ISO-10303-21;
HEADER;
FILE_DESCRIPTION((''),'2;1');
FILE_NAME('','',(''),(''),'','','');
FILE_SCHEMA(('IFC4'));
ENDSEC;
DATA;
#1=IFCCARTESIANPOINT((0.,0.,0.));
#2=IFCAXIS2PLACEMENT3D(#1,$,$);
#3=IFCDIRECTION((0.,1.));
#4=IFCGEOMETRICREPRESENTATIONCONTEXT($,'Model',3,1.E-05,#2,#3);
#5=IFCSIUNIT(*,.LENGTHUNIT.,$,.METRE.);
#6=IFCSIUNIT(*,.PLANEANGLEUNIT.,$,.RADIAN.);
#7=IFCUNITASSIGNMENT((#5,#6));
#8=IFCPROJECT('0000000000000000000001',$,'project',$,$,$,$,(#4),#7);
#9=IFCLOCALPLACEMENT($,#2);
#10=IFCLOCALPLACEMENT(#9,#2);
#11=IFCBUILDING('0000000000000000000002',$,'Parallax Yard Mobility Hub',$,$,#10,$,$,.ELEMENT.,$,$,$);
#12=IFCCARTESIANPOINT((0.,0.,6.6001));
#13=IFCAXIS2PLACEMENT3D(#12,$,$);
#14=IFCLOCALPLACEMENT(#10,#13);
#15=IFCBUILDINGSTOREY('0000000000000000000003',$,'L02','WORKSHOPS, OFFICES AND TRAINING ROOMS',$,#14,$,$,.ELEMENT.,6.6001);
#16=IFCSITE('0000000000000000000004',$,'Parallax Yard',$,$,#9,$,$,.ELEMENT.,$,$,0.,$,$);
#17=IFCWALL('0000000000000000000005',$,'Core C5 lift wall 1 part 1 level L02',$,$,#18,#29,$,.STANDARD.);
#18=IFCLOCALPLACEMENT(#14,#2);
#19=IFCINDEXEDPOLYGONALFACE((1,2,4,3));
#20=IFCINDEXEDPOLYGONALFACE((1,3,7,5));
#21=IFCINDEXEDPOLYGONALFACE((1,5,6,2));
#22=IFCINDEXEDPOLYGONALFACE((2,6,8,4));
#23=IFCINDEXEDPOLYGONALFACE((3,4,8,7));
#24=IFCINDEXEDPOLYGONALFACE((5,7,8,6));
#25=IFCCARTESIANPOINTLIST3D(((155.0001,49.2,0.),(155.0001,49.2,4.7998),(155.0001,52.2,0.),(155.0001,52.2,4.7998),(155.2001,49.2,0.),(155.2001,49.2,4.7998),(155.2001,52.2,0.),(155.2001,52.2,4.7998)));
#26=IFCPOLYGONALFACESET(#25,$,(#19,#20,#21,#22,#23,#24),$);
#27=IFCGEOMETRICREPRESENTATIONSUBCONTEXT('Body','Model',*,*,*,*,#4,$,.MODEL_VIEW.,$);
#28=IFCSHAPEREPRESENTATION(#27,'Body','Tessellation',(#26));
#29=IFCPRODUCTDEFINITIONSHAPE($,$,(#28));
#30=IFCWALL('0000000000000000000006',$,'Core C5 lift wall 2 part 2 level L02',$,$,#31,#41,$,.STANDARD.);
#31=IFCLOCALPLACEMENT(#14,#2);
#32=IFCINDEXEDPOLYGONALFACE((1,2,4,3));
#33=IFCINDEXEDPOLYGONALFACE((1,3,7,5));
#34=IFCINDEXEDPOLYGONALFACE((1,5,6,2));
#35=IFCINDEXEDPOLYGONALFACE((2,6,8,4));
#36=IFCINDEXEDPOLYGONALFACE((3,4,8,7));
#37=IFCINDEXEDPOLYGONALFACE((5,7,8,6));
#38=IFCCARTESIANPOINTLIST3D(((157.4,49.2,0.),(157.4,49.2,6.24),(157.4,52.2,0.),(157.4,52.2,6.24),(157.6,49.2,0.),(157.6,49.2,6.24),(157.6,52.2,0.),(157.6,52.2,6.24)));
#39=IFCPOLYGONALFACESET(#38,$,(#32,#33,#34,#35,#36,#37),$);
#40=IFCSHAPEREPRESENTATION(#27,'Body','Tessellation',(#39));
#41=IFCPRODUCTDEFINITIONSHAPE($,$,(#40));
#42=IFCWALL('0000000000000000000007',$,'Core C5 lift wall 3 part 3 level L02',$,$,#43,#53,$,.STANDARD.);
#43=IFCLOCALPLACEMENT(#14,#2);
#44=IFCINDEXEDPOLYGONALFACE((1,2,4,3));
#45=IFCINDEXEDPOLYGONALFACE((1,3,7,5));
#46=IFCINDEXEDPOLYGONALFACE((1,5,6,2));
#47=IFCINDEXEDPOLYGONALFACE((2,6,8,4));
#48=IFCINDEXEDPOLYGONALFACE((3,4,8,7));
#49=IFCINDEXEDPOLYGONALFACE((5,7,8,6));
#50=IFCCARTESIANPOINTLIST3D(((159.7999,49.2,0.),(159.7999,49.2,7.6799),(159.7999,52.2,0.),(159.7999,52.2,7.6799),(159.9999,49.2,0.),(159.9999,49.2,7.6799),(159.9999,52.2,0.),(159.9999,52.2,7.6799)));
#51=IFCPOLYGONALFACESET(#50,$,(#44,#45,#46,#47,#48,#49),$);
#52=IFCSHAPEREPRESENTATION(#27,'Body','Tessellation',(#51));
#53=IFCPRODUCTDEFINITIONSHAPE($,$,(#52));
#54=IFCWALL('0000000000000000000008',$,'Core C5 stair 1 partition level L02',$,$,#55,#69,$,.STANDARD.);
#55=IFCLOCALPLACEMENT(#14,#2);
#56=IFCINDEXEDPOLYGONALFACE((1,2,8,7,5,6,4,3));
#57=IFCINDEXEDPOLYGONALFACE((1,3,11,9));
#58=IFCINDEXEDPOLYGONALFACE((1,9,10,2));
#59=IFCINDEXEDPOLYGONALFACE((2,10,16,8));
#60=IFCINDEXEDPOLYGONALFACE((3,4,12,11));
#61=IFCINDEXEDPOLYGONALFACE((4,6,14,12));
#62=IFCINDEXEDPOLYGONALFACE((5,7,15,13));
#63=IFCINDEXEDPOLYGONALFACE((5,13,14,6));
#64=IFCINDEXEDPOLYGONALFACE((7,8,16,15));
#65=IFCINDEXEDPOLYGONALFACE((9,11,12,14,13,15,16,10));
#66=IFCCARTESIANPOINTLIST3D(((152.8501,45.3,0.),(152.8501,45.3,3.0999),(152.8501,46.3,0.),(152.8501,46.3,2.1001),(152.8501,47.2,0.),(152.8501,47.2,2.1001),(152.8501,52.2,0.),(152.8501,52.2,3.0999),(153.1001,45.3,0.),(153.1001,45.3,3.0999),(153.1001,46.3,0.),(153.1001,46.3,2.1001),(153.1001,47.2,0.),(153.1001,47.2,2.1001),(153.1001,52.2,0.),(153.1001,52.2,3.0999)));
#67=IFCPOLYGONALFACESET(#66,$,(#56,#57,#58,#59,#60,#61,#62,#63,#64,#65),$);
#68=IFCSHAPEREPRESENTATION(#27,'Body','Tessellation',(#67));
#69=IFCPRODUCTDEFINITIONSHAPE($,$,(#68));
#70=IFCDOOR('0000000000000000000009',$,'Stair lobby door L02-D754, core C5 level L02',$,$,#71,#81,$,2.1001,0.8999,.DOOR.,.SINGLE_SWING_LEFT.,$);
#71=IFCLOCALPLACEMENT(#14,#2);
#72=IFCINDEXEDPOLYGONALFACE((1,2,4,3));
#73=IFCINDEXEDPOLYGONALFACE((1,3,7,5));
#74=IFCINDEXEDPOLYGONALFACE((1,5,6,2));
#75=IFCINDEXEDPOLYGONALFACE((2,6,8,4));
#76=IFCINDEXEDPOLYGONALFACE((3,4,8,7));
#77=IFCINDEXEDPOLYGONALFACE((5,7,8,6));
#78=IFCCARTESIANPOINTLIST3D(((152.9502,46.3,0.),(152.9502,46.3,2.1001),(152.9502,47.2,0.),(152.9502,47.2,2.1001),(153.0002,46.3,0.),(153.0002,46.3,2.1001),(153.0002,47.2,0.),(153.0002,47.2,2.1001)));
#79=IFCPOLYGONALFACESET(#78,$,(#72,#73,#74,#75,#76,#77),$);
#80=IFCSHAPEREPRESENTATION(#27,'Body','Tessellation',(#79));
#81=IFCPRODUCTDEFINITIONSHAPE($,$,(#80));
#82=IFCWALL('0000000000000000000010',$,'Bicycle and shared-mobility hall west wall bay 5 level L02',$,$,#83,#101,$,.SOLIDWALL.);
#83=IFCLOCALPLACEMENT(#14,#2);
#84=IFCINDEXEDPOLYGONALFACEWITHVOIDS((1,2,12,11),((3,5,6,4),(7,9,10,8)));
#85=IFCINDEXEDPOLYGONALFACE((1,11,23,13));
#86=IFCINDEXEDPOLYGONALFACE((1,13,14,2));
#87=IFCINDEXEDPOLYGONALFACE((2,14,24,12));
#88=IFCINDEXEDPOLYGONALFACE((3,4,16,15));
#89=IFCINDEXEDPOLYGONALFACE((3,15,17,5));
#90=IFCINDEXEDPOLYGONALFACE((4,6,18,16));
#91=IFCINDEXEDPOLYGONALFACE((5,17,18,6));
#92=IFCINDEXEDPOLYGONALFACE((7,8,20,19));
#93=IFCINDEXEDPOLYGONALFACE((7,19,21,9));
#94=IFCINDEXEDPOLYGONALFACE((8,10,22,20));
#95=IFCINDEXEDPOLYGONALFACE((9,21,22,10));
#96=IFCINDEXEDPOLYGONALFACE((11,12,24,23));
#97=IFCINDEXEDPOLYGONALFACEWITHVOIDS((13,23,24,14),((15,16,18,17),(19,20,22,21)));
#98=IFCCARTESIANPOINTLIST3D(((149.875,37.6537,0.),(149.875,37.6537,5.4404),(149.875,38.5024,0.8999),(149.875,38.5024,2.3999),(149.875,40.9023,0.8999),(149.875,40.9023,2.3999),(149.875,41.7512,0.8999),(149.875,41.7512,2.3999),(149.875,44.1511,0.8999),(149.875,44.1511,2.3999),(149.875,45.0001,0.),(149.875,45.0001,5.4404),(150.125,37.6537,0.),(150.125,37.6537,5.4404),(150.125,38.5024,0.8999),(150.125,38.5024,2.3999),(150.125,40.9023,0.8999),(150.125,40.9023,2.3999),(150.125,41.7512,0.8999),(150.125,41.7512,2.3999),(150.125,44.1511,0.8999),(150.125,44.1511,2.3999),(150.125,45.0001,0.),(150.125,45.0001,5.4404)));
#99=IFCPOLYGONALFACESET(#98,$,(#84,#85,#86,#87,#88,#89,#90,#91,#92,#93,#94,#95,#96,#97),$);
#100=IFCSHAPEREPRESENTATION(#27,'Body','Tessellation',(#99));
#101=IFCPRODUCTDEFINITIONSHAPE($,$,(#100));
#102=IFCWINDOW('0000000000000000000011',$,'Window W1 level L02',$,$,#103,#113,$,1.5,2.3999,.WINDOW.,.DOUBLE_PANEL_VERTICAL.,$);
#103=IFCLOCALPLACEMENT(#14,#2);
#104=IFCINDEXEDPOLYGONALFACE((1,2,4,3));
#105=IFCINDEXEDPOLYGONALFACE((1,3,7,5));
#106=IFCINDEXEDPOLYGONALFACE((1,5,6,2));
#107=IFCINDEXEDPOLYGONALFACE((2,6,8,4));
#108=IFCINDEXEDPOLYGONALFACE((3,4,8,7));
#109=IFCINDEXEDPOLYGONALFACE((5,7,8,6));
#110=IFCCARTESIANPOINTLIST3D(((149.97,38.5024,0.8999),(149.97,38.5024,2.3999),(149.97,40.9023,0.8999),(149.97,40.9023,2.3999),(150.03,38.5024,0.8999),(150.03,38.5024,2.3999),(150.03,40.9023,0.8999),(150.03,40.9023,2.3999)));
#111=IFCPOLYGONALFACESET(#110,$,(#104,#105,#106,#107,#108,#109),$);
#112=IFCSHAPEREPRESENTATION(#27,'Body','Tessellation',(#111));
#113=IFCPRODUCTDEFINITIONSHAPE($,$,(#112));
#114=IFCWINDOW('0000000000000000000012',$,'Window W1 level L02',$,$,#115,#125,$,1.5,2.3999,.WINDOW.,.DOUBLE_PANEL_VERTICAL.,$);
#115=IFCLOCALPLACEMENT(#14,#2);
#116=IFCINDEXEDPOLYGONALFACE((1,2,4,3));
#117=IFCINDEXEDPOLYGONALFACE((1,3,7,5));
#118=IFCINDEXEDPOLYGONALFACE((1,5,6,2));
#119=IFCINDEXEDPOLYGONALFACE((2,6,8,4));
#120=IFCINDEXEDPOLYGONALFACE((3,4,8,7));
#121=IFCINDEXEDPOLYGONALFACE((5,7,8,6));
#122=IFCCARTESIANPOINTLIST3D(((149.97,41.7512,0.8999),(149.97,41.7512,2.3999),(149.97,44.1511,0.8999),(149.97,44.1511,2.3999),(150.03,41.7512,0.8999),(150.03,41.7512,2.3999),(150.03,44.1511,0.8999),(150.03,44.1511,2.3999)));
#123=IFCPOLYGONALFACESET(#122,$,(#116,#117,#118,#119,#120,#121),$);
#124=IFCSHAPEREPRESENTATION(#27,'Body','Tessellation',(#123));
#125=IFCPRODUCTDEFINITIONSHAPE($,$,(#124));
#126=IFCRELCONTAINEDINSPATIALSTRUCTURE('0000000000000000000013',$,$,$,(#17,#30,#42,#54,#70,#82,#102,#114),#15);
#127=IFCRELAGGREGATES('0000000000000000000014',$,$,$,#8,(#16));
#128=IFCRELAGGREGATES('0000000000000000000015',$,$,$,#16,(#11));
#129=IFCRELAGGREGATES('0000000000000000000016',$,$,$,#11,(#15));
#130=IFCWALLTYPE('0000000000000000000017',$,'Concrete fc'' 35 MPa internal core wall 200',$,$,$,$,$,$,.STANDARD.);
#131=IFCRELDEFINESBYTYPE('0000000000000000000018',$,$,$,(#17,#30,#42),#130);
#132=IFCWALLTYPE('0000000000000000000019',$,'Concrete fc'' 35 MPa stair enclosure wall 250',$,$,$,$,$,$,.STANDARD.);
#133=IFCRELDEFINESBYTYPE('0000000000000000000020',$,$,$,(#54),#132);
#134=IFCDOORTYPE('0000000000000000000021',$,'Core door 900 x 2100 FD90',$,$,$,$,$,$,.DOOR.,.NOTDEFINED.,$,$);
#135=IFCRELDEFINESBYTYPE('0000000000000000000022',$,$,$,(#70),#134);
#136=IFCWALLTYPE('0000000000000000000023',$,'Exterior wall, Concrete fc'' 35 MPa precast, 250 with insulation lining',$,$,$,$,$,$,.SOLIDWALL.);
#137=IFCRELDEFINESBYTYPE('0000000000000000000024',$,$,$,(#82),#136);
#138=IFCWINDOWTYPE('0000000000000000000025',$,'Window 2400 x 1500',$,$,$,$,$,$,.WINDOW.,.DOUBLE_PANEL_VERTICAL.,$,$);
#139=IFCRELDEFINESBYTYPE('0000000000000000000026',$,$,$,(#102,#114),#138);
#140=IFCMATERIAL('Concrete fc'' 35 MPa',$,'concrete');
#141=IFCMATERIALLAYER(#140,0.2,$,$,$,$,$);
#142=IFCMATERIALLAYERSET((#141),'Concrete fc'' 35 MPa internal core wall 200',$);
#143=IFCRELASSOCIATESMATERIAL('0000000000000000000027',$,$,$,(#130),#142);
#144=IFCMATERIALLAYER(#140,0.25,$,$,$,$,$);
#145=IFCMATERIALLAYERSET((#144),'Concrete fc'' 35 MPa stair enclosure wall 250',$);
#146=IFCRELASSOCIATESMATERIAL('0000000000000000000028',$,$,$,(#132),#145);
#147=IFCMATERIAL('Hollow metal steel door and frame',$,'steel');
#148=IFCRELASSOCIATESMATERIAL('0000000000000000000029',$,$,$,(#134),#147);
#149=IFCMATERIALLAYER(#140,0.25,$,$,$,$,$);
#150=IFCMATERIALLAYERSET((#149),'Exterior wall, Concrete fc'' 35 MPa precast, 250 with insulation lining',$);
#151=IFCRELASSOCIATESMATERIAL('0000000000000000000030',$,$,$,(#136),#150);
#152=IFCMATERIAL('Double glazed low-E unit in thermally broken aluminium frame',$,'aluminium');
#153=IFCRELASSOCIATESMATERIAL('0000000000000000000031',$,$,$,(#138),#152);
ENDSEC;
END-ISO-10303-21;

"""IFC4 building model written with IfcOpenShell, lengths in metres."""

from ifc_helpers import new_model, si_unit, direction, frame, frame_2d, origin, place, context, subcontext, project, spatial, polyline, rectangle, outline, extrude, material, layer, layer_set, type_object, element, fill, save


model = new_model("IFC4")

# Units and contexts
model_context = context("Model", 3, precision=1e-05, world=origin(), true_north=direction((0.0, 1.0)))
body_context = subcontext(model_context, "Body", "Model", "MODEL_VIEW")
ifc_project = project(units=[si_unit("LENGTHUNIT", "METRE"), si_unit("PLANEANGLEUNIT", "RADIAN")], contexts=[model_context])

# Site, building, storey
site_placement = place(None, origin())
site = spatial("IfcSite", under=ifc_project, at=site_placement, Name="Parallax Yard", CompositionType="ELEMENT", RefElevation=0.0)
building_placement = place(site_placement, origin())
building = spatial("IfcBuilding", under=site, at=building_placement, Name="Parallax Yard Mobility Hub", CompositionType="ELEMENT")
storey_placement = place(building_placement, frame((0.0, 0.0, 6.6001)))
storey = spatial("IfcBuildingStorey", under=building, at=storey_placement, Name="L02", Description="WORKSHOPS, OFFICES AND TRAINING ROOMS", CompositionType="ELEMENT", Elevation=6.6001)

# Shared definitions
ifc_material_1 = material(Name="Concrete fc' 35 MPa", Category="concrete")

# Shared definitions
ifc_layer_1 = layer(ifc_material_1, 0.2)
ifc_layer_set_1 = layer_set([ifc_layer_1], Name="Concrete fc' 35 MPa internal core wall 200")
wall_type_1 = type_object("IfcWallType", Name="Concrete fc' 35 MPa internal core wall 200", PredefinedType="STANDARD", material=ifc_layer_set_1)
ifc_material_2 = material(Name="Hollow metal steel door and frame", Category="steel")

# Walls
wall_1_placement = place(storey_placement, frame((155.1001, 49.2, 0.0), z_axis=(0.0, 0.0, 1.0), x_axis=(0.0, 1.0, 0.0)))
element("IfcWall", 1, at=wall_1_placement, inside=storey, type_object=wall_type_1, Name="Core C5 lift wall 1 part 1 level L02", PredefinedType="STANDARD", context=body_context, shape_type="SweptSolid", body=[
    extrude(rectangle(XDim=3.0, YDim=0.2, at=frame_2d((1.5, 0.0))), origin(), (0.0, 0.0, 1.0), 4.7998),
])
wall_2_placement = place(storey_placement, frame((157.5, 49.2, 0.0), z_axis=(0.0, 0.0, 1.0), x_axis=(0.0, 1.0, 0.0)))
element("IfcWall", 2, at=wall_2_placement, inside=storey, type_object=wall_type_1, Name="Core C5 lift wall 2 part 2 level L02", PredefinedType="STANDARD", context=body_context, shape_type="SweptSolid", body=[
    extrude(rectangle(XDim=3.0, YDim=0.2, at=frame_2d((1.5, 0.0))), origin(), (0.0, 0.0, 1.0), 6.24),
])
wall_3_placement = place(storey_placement, frame((159.8999, 49.2, 0.0), z_axis=(0.0, 0.0, 1.0), x_axis=(0.0, 1.0, 0.0)))
element("IfcWall", 3, at=wall_3_placement, inside=storey, type_object=wall_type_1, Name="Core C5 lift wall 3 part 3 level L02", PredefinedType="STANDARD", context=body_context, shape_type="SweptSolid", body=[
    extrude(rectangle(XDim=3.0, YDim=0.2, at=frame_2d((1.5, 0.0))), origin(), (0.0, 0.0, 1.0), 7.6799),
])

# Wall, opening, door
ifc_layer_2 = layer(ifc_material_1, 0.25)
ifc_layer_set_2 = layer_set([ifc_layer_2], Name="Concrete fc' 35 MPa stair enclosure wall 250")
wall_type_2 = type_object("IfcWallType", Name="Concrete fc' 35 MPa stair enclosure wall 250", PredefinedType="STANDARD", material=ifc_layer_set_2)
wall_4_placement = place(storey_placement, frame((152.9751, 45.3, 0.0), z_axis=(0.0, 0.0, 1.0), x_axis=(0.0, 1.0, 0.0)))
wall_4 = element("IfcWall", 4, at=wall_4_placement, inside=storey, type_object=wall_type_2, Name="Core C5 stair 1 partition level L02", PredefinedType="STANDARD", context=body_context, shape_type="SweptSolid", body=[
    extrude(outline(polyline([(0.0, 0.0), (6.8999, 0.0), (6.8999, 3.0999), (0.0, 3.0999), (0.0, 0.0)])), frame((0.0, 0.125, 0.0), z_axis=(0.0, -1.0, 0.0), x_axis=(1.0, 0.0, 0.0)), (0.0, 0.0, 1.0), 0.25),
])
opening_1_placement = place(wall_4_placement, frame((1.0, 0.0, 0.0)))
opening_1 = element("IfcOpeningElement", 5, at=opening_1_placement, cuts=wall_4, PredefinedType="OPENING", context=body_context, shape_type="SweptSolid", body=[
    extrude(rectangle(XDim=0.8999, YDim=2.1001, at=frame_2d((0.45, 1.05))), frame((0.0, 0.135, 0.0), z_axis=(0.0, -1.0, 0.0), x_axis=(1.0, 0.0, 0.0)), (0.0, 0.0, 1.0), 0.27),
])
door_type_1 = type_object("IfcDoorType", Name="Core door 900 x 2100 FD90", OperationType="NOTDEFINED", PredefinedType="DOOR", material=ifc_material_2)
door_1_placement = place(opening_1_placement, origin())
door_1 = element("IfcDoor", 6, at=door_1_placement, inside=storey, type_object=door_type_1, Name="Stair lobby door L02-D754, core C5 level L02", OperationType="SINGLE_SWING_LEFT", OverallHeight=2.1001, OverallWidth=0.8999, PredefinedType="DOOR", context=body_context, shape_type="SweptSolid", body=[
    extrude(rectangle(XDim=0.8999, YDim=2.1001, at=frame_2d((0.45, 1.05))), frame((0.0, 0.0249, 0.0), z_axis=(0.0, -1.0, 0.0), x_axis=(1.0, 0.0, 0.0)), (0.0, 0.0, 1.0), 0.05),
])
fill(opening_1, door_1)

# Wall, openings, windows
ifc_layer_3 = layer(ifc_material_1, 0.25)
ifc_layer_set_3 = layer_set([ifc_layer_3], Name="Exterior wall, Concrete fc' 35 MPa precast, 250 with insulation lining")
wall_type_3 = type_object("IfcWallType", Name="Exterior wall, Concrete fc' 35 MPa precast, 250 with insulation lining", PredefinedType="SOLIDWALL", material=ifc_layer_set_3)
wall_5_placement = place(storey_placement, frame((150.0, 37.6536, 0.0), z_axis=(0.0, 0.0, 1.0), x_axis=(0.0, 1.0, 0.0)))
wall_5 = element("IfcWall", 7, at=wall_5_placement, inside=storey, type_object=wall_type_3, Name="Bicycle and shared-mobility hall west wall bay 5 level L02", PredefinedType="SOLIDWALL", context=body_context, shape_type="SweptSolid", body=[
    extrude(rectangle(XDim=7.3464, YDim=0.25, at=frame_2d((3.6733, 0.0))), origin(), (0.0, 0.0, 1.0), 5.4404),
])
opening_2_placement = place(wall_5_placement, frame((0.8489, 0.0, 0.8999)))
opening_2 = element("IfcOpeningElement", 8, at=opening_2_placement, cuts=wall_5, PredefinedType="OPENING", context=body_context, shape_type="SweptSolid", body=[
    extrude(rectangle(XDim=2.3999, YDim=1.5, at=frame_2d((1.2, 0.75))), frame((0.0, 0.135, 0.0), z_axis=(0.0, -1.0, 0.0), x_axis=(1.0, 0.0, 0.0)), (0.0, 0.0, 1.0), 0.27),
])
opening_3_placement = place(wall_5_placement, frame((4.0977, 0.0, 0.8999)))
opening_3 = element("IfcOpeningElement", 9, at=opening_3_placement, cuts=wall_5, PredefinedType="OPENING", context=body_context, shape_type="SweptSolid", body=[
    extrude(rectangle(XDim=2.3999, YDim=1.5, at=frame_2d((1.2, 0.75))), frame((0.0, 0.135, 0.0), z_axis=(0.0, -1.0, 0.0), x_axis=(1.0, 0.0, 0.0)), (0.0, 0.0, 1.0), 0.27),
])
ifc_material_3 = material(Name="Double glazed low-E unit in thermally broken aluminium frame", Category="aluminium")
window_type = type_object("IfcWindowType", Name="Window 2400 x 1500", PartitioningType="DOUBLE_PANEL_VERTICAL", PredefinedType="WINDOW", material=ifc_material_3)
window_1_placement = place(opening_2_placement, origin())
window_1 = element("IfcWindow", 10, at=window_1_placement, inside=storey, type_object=window_type, Name="Window W1 level L02", OverallHeight=1.5, OverallWidth=2.3999, PartitioningType="DOUBLE_PANEL_VERTICAL", PredefinedType="WINDOW", context=body_context, shape_type="SweptSolid", body=[
    extrude(rectangle(XDim=2.3999, YDim=1.5, at=frame_2d((1.2, 0.75))), frame((0.0, 0.03, 0.0), z_axis=(0.0, -1.0, 0.0), x_axis=(1.0, 0.0, 0.0)), (0.0, 0.0, 1.0), 0.0601),
])
fill(opening_2, window_1)
window_2_placement = place(opening_3_placement, origin())
window_2 = element("IfcWindow", 11, at=window_2_placement, inside=storey, type_object=window_type, Name="Window W1 level L02", OverallHeight=1.5, OverallWidth=2.3999, PartitioningType="DOUBLE_PANEL_VERTICAL", PredefinedType="WINDOW", context=body_context, shape_type="SweptSolid", body=[
    extrude(rectangle(XDim=2.3999, YDim=1.5, at=frame_2d((1.2, 0.75))), frame((0.0, 0.03, 0.0), z_axis=(0.0, -1.0, 0.0), x_axis=(1.0, 0.0, 0.0)), (0.0, 0.0, 1.0), 0.0601),
])
fill(opening_3, window_2)

save(model, "model.ifc")
